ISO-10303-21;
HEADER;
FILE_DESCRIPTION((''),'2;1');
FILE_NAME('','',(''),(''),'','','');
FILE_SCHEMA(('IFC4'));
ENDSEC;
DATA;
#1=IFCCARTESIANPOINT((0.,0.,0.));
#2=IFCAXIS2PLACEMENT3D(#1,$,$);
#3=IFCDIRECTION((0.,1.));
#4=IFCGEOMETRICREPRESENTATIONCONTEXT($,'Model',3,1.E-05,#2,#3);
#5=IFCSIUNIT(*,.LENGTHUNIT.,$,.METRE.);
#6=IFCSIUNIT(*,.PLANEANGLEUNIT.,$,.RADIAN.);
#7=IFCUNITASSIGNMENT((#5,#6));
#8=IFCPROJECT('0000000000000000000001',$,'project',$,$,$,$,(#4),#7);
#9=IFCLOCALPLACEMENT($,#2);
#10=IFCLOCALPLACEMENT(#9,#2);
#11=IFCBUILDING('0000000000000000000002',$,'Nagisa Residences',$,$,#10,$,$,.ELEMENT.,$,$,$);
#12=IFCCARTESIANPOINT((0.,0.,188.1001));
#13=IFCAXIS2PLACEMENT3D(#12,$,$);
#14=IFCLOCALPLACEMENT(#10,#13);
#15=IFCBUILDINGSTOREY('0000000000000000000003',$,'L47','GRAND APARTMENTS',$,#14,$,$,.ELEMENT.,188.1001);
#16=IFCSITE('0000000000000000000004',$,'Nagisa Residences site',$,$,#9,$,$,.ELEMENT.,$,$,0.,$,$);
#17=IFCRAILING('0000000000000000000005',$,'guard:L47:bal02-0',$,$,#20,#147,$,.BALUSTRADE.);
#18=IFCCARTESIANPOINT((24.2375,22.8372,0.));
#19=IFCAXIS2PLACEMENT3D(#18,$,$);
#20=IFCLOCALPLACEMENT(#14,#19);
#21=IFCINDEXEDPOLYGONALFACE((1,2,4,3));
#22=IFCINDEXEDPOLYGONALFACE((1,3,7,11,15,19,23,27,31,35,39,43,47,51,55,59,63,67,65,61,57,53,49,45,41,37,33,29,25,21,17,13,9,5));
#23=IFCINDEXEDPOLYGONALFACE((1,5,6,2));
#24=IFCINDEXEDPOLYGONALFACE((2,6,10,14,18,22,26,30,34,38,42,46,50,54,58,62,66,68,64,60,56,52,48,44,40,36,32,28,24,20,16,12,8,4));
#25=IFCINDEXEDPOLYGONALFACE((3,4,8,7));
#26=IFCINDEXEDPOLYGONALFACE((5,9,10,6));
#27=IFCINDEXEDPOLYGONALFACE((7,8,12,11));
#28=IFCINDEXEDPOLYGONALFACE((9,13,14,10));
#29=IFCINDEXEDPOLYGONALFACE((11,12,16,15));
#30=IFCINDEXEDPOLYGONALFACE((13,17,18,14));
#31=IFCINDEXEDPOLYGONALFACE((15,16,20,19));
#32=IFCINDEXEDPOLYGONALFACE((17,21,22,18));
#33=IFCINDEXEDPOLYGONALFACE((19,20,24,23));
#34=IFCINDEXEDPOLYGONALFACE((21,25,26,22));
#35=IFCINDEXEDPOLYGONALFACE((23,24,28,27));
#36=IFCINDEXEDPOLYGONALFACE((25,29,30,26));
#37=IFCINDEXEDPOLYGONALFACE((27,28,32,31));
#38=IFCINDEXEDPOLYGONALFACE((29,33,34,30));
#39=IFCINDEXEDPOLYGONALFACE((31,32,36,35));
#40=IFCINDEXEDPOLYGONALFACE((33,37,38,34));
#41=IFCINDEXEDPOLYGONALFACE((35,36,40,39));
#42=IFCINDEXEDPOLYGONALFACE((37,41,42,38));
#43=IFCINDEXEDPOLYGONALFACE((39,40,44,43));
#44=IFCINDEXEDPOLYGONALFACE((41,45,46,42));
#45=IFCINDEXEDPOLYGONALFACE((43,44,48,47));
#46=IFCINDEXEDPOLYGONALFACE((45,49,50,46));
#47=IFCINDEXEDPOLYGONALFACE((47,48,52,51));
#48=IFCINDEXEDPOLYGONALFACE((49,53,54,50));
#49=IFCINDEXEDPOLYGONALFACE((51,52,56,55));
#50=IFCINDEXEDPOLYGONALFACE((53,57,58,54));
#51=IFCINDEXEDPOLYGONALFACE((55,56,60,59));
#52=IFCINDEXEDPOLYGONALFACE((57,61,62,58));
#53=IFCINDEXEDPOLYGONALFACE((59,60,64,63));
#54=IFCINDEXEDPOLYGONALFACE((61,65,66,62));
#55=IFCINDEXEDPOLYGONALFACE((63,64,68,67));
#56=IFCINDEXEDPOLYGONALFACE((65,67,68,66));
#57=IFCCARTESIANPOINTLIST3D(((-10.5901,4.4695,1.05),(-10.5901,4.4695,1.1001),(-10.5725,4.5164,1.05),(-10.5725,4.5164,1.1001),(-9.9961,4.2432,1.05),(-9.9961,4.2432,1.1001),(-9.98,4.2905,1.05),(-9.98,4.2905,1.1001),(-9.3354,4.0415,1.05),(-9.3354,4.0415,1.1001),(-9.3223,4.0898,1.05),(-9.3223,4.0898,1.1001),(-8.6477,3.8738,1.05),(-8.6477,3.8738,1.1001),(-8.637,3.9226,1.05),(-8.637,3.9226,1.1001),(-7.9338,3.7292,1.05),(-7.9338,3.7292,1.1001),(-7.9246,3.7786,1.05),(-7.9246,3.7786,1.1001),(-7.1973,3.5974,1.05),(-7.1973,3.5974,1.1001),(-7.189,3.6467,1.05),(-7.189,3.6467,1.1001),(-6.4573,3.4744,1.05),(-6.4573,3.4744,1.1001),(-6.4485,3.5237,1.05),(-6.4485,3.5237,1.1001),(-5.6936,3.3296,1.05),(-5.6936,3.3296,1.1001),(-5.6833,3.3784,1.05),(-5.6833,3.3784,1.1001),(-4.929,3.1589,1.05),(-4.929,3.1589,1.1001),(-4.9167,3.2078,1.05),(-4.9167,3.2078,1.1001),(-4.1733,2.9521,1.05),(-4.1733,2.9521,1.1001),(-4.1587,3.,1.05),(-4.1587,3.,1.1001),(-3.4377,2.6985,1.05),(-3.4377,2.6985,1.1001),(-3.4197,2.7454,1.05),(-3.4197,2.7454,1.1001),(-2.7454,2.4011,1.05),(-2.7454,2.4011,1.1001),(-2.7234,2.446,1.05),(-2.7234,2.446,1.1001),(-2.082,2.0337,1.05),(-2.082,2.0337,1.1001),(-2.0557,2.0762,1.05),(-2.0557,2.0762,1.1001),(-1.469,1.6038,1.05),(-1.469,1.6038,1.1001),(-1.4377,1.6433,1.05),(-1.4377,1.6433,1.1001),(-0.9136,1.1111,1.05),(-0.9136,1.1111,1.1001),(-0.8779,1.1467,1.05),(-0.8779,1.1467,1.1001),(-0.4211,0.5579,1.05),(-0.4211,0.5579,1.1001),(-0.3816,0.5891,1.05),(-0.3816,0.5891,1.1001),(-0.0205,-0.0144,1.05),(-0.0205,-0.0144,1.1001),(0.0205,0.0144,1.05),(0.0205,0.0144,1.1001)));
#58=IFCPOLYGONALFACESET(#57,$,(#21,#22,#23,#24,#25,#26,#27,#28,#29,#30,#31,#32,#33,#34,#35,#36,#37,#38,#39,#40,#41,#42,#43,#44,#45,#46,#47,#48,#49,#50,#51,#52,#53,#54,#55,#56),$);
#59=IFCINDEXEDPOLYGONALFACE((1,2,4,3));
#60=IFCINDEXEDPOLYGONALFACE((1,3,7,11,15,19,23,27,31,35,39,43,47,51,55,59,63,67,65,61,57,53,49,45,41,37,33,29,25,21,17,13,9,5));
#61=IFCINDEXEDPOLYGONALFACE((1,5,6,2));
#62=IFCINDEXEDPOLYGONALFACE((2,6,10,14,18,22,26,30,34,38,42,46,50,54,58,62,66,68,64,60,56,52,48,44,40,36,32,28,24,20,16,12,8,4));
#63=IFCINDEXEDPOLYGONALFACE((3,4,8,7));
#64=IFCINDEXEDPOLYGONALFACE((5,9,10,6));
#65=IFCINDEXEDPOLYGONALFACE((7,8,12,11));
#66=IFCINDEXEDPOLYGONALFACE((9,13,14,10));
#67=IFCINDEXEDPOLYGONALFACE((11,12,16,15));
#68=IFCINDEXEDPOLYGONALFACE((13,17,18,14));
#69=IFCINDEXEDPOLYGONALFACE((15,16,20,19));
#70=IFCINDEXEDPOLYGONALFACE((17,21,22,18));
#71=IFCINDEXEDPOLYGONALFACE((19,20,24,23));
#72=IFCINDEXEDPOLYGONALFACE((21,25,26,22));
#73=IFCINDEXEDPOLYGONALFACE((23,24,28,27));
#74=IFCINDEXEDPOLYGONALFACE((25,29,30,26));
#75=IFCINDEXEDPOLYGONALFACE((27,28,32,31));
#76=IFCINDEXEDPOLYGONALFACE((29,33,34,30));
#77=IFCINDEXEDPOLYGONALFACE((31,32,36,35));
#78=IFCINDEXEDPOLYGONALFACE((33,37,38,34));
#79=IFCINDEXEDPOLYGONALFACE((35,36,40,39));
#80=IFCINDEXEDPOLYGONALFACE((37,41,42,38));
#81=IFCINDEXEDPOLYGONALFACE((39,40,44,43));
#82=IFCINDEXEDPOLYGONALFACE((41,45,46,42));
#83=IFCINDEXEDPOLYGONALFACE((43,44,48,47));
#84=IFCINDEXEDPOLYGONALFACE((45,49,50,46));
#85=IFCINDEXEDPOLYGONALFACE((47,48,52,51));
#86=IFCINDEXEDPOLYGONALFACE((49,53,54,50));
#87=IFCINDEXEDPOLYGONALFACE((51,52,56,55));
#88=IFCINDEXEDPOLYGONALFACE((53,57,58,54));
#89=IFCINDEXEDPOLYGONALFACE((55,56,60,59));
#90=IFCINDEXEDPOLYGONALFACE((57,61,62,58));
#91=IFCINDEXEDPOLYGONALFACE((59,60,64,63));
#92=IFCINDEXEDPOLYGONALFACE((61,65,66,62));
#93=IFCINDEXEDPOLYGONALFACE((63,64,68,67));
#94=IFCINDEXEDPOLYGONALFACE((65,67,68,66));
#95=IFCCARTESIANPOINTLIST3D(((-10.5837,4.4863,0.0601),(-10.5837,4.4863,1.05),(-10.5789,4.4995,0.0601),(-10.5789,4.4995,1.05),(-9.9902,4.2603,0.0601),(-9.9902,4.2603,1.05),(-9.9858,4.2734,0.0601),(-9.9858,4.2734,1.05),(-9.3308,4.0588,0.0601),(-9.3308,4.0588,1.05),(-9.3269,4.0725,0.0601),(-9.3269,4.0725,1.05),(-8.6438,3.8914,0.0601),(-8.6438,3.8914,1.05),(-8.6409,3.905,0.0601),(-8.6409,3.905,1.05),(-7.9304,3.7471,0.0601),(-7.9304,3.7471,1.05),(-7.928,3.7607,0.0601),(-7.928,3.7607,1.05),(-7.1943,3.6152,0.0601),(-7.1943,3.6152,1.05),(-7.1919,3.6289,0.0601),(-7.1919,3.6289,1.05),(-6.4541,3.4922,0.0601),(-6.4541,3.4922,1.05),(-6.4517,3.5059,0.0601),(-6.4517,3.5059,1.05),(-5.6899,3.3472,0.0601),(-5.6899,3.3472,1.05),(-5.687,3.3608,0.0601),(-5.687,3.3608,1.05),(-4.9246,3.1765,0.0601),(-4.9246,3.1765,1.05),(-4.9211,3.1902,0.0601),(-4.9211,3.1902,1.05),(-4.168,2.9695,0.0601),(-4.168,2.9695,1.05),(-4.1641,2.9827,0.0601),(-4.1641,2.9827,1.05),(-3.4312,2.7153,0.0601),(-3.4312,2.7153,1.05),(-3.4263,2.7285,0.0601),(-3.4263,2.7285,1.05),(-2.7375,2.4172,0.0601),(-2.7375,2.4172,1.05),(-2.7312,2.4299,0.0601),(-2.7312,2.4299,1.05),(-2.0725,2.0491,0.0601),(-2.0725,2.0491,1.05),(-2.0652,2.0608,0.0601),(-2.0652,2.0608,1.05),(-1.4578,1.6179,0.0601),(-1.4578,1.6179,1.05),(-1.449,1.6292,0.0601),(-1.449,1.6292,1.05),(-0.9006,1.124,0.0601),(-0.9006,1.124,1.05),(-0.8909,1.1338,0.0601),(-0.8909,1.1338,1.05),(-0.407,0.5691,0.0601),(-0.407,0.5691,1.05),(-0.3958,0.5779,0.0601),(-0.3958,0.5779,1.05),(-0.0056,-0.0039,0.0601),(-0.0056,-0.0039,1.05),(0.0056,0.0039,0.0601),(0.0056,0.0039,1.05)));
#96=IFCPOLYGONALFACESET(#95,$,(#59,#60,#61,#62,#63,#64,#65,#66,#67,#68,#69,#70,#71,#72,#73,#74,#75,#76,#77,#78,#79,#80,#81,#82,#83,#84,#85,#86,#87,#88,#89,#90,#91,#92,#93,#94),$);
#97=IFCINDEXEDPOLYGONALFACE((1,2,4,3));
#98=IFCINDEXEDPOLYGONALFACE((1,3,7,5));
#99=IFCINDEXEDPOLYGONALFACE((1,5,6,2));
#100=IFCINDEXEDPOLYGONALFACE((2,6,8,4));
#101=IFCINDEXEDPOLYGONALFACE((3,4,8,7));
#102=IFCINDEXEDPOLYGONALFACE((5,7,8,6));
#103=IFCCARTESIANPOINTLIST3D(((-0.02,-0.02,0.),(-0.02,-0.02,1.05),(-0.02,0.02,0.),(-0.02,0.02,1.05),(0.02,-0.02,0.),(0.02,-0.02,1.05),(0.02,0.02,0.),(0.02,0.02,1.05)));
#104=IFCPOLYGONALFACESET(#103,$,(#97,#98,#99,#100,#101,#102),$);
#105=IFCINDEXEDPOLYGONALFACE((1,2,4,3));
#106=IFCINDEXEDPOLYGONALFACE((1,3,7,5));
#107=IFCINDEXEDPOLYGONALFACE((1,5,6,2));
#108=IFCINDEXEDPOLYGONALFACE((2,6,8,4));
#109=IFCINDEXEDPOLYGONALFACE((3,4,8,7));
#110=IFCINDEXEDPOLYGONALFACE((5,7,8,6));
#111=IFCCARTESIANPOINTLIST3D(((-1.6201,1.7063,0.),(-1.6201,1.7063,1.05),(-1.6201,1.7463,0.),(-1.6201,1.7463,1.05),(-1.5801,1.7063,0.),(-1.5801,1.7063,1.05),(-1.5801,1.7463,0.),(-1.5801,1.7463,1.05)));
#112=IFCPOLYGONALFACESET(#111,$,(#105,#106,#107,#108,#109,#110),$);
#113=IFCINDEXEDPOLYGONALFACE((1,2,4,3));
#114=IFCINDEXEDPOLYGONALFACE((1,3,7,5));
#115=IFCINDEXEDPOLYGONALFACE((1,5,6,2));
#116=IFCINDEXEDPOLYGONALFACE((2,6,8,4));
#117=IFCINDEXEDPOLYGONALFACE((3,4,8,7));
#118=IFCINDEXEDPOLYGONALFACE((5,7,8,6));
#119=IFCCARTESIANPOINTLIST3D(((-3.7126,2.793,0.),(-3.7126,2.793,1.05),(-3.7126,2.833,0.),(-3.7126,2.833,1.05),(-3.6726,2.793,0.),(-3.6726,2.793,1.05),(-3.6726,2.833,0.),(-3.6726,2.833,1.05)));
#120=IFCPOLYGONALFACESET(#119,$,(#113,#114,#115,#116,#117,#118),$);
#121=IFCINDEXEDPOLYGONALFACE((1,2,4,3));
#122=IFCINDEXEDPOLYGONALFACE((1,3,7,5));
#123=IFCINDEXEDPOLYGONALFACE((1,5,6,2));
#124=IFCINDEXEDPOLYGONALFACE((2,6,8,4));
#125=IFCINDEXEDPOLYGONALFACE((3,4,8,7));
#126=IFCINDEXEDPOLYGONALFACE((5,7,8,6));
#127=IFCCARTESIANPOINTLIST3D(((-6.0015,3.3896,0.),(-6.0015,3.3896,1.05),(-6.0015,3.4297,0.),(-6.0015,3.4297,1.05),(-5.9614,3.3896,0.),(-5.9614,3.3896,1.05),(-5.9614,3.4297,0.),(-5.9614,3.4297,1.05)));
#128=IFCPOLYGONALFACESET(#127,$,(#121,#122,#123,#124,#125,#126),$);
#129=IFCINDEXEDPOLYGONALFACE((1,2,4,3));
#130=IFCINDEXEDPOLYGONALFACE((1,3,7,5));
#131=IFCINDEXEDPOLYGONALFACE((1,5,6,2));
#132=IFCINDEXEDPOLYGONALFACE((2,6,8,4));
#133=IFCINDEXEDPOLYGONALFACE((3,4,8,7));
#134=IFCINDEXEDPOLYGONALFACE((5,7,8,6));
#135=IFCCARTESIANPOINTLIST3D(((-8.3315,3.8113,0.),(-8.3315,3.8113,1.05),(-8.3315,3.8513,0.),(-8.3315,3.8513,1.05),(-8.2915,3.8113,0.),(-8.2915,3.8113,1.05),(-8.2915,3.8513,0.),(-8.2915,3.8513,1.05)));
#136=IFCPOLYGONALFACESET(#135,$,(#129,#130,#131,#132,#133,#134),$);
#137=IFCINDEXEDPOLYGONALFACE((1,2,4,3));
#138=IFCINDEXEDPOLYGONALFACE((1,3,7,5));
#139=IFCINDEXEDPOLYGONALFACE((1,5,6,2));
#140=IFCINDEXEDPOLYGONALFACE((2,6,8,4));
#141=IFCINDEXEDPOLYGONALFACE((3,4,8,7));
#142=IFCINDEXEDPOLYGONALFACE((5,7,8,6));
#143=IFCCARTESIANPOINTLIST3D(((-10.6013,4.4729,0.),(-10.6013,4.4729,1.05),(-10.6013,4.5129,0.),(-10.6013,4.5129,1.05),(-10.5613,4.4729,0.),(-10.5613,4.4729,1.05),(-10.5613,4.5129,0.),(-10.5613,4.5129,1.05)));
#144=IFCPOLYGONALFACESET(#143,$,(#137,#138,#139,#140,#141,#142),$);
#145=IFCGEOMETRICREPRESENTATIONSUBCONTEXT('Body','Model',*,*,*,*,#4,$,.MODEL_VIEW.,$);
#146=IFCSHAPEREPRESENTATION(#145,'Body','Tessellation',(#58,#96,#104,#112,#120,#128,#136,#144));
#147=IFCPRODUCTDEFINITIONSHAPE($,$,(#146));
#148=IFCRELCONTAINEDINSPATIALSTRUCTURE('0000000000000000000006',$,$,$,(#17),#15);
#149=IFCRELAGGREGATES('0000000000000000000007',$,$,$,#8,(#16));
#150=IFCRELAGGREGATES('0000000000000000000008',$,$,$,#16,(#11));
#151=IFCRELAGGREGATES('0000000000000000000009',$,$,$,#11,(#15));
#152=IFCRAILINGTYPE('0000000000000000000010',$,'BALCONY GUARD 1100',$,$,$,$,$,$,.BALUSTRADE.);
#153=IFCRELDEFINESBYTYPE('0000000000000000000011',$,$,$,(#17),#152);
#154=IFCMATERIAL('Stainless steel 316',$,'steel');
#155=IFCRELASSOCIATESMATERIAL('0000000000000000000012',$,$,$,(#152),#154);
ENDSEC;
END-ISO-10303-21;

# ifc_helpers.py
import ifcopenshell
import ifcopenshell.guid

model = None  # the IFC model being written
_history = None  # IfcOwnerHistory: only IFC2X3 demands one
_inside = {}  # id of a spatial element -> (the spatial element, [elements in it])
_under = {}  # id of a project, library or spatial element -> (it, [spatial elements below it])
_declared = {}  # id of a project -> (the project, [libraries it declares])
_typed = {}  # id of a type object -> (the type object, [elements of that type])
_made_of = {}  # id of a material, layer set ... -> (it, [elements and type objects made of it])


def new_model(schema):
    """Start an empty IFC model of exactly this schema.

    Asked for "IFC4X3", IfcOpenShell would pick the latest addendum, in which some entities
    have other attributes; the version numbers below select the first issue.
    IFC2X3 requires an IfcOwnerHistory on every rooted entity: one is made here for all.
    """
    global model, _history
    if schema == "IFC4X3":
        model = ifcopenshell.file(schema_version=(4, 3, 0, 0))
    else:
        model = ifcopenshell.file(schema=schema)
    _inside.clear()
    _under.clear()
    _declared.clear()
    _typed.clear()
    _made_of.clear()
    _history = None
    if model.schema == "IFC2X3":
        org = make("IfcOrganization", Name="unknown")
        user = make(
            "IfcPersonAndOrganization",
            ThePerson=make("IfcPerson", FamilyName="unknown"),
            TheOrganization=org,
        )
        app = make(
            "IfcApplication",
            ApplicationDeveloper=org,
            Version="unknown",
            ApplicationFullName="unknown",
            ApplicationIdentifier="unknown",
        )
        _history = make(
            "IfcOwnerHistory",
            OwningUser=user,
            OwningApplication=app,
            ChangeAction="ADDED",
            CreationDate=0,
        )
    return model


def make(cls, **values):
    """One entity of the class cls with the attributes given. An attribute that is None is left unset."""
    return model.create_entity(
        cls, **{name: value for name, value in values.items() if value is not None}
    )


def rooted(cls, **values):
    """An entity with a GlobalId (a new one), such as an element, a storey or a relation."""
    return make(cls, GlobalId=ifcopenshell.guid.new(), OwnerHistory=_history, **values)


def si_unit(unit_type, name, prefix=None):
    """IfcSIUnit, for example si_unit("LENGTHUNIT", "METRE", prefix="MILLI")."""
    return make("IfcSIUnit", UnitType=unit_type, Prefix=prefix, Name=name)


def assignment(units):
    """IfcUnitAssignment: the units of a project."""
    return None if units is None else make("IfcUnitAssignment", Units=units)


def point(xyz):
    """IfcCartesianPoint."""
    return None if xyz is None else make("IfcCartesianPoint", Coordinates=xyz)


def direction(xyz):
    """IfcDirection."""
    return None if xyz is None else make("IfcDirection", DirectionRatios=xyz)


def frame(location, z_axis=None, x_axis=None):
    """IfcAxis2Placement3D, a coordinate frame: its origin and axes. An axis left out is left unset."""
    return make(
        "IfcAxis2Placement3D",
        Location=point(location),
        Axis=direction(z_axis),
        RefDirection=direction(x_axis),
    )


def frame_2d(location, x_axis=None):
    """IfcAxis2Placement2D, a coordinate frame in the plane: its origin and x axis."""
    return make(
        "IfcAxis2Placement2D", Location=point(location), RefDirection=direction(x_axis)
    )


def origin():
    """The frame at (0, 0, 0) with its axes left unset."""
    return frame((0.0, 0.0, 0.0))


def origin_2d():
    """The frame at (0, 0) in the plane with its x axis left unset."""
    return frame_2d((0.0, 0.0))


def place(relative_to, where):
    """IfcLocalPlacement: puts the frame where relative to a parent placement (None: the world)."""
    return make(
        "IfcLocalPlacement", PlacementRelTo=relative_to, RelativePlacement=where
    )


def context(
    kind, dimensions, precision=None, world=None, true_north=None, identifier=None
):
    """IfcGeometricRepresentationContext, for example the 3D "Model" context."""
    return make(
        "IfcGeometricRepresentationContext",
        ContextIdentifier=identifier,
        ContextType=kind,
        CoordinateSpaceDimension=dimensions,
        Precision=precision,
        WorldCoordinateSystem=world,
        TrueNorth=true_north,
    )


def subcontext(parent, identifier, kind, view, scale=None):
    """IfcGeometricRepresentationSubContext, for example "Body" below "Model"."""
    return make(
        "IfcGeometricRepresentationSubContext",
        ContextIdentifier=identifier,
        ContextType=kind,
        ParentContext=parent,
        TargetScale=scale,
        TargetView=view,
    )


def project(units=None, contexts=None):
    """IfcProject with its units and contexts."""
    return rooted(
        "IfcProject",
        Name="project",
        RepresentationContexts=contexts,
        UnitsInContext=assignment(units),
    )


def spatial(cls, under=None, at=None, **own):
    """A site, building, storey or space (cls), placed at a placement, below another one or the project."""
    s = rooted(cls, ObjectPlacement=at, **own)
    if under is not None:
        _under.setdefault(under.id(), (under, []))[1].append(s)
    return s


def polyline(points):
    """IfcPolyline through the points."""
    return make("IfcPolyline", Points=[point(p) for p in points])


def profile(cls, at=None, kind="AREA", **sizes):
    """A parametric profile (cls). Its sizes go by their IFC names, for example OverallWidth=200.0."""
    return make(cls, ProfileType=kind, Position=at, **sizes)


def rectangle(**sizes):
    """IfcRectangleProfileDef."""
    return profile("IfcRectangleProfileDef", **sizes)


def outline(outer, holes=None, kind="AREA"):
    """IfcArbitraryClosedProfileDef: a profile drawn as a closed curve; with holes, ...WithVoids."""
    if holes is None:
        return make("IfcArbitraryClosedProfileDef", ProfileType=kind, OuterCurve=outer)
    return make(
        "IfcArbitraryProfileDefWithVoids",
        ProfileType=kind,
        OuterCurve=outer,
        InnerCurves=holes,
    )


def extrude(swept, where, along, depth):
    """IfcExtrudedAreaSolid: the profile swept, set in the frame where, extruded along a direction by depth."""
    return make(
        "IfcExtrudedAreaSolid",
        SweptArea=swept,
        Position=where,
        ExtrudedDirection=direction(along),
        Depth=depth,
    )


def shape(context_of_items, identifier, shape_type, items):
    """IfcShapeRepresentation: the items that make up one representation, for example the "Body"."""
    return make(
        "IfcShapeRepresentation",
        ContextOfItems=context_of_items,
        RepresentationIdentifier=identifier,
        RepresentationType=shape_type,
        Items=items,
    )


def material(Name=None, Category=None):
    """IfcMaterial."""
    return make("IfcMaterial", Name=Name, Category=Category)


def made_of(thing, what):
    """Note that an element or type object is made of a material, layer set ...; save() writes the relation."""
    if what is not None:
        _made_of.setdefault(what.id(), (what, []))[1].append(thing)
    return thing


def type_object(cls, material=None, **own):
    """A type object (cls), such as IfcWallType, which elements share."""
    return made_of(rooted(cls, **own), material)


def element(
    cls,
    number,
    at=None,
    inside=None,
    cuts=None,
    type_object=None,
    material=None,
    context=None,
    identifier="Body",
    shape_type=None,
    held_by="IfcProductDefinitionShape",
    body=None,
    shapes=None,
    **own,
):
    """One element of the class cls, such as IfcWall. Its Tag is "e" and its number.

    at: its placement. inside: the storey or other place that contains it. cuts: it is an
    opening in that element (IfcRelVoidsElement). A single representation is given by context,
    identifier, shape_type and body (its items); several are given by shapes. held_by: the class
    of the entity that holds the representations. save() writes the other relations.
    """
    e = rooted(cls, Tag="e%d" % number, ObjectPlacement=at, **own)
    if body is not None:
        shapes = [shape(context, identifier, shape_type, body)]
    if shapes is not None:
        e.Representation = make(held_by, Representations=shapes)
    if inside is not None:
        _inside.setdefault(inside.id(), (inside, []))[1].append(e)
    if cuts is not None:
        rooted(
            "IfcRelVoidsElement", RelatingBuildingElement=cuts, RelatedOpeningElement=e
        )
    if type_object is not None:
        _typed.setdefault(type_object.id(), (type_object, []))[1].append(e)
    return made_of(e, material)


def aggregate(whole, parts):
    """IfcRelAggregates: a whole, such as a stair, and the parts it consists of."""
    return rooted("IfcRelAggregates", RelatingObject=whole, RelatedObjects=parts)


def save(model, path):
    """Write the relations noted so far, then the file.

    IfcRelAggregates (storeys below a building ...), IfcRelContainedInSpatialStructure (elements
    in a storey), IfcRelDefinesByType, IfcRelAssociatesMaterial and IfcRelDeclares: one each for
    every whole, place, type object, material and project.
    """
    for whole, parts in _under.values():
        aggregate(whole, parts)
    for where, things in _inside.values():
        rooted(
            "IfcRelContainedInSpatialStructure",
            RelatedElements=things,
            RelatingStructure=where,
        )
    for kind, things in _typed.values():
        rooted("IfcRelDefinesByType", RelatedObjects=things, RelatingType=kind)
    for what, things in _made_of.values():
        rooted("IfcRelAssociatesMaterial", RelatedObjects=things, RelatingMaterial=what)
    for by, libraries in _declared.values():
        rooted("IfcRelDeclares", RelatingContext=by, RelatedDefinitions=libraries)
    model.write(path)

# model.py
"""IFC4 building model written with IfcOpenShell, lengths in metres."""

from ifc_helpers import new_model, si_unit, direction, frame, origin, origin_2d, place, context, subcontext, project, spatial, polyline, rectangle, outline, extrude, material, type_object, element, save


model = new_model("IFC4")

# Units and contexts
model_context = context("Model", 3, precision=1e-05, world=origin(), true_north=direction((0.0, 1.0)))
body_context = subcontext(model_context, "Body", "Model", "MODEL_VIEW")
ifc_project = project(units=[si_unit("LENGTHUNIT", "METRE"), si_unit("PLANEANGLEUNIT", "RADIAN")], contexts=[model_context])

# Site, building, storey
site_placement = place(None, origin())
site = spatial("IfcSite", under=ifc_project, at=site_placement, Name="Nagisa Residences site", CompositionType="ELEMENT", RefElevation=0.0)
building_placement = place(site_placement, origin())
building = spatial("IfcBuilding", under=site, at=building_placement, Name="Nagisa Residences", CompositionType="ELEMENT")
storey_placement = place(building_placement, frame((0.0, 0.0, 188.1001)))
storey = spatial("IfcBuildingStorey", under=building, at=storey_placement, Name="L47", Description="GRAND APARTMENTS", CompositionType="ELEMENT", Elevation=188.1001)

# Railing
ifc_material_1 = material(Name="Stainless steel 316", Category="steel")
railing_type = type_object("IfcRailingType", Name="BALCONY GUARD 1100", PredefinedType="BALUSTRADE", material=ifc_material_1)
railing_1_placement = place(storey_placement, frame((24.2375, 22.8372, 0.0)))
element("IfcRailing", 1, at=railing_1_placement, inside=storey, type_object=railing_type, Name="guard:L47:bal02-0", PredefinedType="BALUSTRADE", context=body_context, shape_type="SweptSolid", body=[
    extrude(outline(polyline([(-0.4211, 0.5579), (-0.0205, -0.0144), (0.0205, 0.0144), (-0.3816, 0.5891), (-0.8779, 1.1467), (-1.4377, 1.6433), (-2.0557, 2.0762), (-2.7234, 2.446), (-3.4197, 2.7454), (-4.1587, 3.0), (-4.9167, 3.2078), (-5.6833, 3.3784), (-6.4485, 3.5237), (-7.189, 3.6467), (-7.9246, 3.7786), (-8.637, 3.9226), (-9.3223, 4.0898), (-9.98, 4.2905), (-10.5725, 4.5164), (-10.5901, 4.4695), (-9.9961, 4.2432), (-9.3354, 4.0415), (-8.6477, 3.8738), (-7.9338, 3.7292), (-7.1973, 3.5974), (-6.4573, 3.4744), (-5.6936, 3.3296), (-4.929, 3.1589), (-4.1733, 2.9521), (-3.4377, 2.6985), (-2.7454, 2.4011), (-2.082, 2.0337), (-1.469, 1.6038), (-0.9136, 1.1111), (-0.4211, 0.5579)])), frame((0.0, 0.0, 1.05)), (0.0, 0.0, 1.0), 0.05),
    extrude(outline(polyline([(-0.407, 0.5691), (-0.0056, -0.0039), (0.0056, 0.0039), (-0.3958, 0.5779), (-0.8909, 1.1338), (-1.449, 1.6292), (-2.0652, 2.0608), (-2.7312, 2.4299), (-3.4263, 2.7285), (-4.1641, 2.9827), (-4.9211, 3.1902), (-5.687, 3.3608), (-6.4517, 3.5059), (-7.1919, 3.6289), (-7.928, 3.7607), (-8.6409, 3.905), (-9.3269, 4.0725), (-9.9858, 4.2734), (-10.5789, 4.4995), (-10.5837, 4.4863), (-9.9902, 4.2603), (-9.3308, 4.0588), (-8.6438, 3.8914), (-7.9304, 3.7471), (-7.1943, 3.6152), (-6.4541, 3.4922), (-5.6899, 3.3472), (-4.9246, 3.1765), (-4.168, 2.9695), (-3.4312, 2.7153), (-2.7375, 2.4172), (-2.0725, 2.0491), (-1.4578, 1.6179), (-0.9006, 1.124), (-0.407, 0.5691)])), frame((0.0, 0.0, 0.0601)), (0.0, 0.0, 1.0), 0.99),
    extrude(rectangle(XDim=0.04, YDim=0.04, at=origin_2d()), origin(), (0.0, 0.0, 1.0), 1.05),
    extrude(rectangle(XDim=0.04, YDim=0.04, at=origin_2d()), frame((-1.6001, 1.7263, 0.0)), (0.0, 0.0, 1.0), 1.05),
    extrude(rectangle(XDim=0.04, YDim=0.04, at=origin_2d()), frame((-3.6926, 2.813, 0.0)), (0.0, 0.0, 1.0), 1.05),
    extrude(rectangle(XDim=0.04, YDim=0.04, at=origin_2d()), frame((-5.9814, 3.4097, 0.0)), (0.0, 0.0, 1.0), 1.05),
    extrude(rectangle(XDim=0.04, YDim=0.04, at=origin_2d()), frame((-8.3115, 3.8313, 0.0)), (0.0, 0.0, 1.0), 1.05),
    extrude(rectangle(XDim=0.04, YDim=0.04, at=origin_2d()), frame((-10.5813, 4.4929, 0.0)), (0.0, 0.0, 1.0), 1.05),
])

save(model, "model.ifc")
